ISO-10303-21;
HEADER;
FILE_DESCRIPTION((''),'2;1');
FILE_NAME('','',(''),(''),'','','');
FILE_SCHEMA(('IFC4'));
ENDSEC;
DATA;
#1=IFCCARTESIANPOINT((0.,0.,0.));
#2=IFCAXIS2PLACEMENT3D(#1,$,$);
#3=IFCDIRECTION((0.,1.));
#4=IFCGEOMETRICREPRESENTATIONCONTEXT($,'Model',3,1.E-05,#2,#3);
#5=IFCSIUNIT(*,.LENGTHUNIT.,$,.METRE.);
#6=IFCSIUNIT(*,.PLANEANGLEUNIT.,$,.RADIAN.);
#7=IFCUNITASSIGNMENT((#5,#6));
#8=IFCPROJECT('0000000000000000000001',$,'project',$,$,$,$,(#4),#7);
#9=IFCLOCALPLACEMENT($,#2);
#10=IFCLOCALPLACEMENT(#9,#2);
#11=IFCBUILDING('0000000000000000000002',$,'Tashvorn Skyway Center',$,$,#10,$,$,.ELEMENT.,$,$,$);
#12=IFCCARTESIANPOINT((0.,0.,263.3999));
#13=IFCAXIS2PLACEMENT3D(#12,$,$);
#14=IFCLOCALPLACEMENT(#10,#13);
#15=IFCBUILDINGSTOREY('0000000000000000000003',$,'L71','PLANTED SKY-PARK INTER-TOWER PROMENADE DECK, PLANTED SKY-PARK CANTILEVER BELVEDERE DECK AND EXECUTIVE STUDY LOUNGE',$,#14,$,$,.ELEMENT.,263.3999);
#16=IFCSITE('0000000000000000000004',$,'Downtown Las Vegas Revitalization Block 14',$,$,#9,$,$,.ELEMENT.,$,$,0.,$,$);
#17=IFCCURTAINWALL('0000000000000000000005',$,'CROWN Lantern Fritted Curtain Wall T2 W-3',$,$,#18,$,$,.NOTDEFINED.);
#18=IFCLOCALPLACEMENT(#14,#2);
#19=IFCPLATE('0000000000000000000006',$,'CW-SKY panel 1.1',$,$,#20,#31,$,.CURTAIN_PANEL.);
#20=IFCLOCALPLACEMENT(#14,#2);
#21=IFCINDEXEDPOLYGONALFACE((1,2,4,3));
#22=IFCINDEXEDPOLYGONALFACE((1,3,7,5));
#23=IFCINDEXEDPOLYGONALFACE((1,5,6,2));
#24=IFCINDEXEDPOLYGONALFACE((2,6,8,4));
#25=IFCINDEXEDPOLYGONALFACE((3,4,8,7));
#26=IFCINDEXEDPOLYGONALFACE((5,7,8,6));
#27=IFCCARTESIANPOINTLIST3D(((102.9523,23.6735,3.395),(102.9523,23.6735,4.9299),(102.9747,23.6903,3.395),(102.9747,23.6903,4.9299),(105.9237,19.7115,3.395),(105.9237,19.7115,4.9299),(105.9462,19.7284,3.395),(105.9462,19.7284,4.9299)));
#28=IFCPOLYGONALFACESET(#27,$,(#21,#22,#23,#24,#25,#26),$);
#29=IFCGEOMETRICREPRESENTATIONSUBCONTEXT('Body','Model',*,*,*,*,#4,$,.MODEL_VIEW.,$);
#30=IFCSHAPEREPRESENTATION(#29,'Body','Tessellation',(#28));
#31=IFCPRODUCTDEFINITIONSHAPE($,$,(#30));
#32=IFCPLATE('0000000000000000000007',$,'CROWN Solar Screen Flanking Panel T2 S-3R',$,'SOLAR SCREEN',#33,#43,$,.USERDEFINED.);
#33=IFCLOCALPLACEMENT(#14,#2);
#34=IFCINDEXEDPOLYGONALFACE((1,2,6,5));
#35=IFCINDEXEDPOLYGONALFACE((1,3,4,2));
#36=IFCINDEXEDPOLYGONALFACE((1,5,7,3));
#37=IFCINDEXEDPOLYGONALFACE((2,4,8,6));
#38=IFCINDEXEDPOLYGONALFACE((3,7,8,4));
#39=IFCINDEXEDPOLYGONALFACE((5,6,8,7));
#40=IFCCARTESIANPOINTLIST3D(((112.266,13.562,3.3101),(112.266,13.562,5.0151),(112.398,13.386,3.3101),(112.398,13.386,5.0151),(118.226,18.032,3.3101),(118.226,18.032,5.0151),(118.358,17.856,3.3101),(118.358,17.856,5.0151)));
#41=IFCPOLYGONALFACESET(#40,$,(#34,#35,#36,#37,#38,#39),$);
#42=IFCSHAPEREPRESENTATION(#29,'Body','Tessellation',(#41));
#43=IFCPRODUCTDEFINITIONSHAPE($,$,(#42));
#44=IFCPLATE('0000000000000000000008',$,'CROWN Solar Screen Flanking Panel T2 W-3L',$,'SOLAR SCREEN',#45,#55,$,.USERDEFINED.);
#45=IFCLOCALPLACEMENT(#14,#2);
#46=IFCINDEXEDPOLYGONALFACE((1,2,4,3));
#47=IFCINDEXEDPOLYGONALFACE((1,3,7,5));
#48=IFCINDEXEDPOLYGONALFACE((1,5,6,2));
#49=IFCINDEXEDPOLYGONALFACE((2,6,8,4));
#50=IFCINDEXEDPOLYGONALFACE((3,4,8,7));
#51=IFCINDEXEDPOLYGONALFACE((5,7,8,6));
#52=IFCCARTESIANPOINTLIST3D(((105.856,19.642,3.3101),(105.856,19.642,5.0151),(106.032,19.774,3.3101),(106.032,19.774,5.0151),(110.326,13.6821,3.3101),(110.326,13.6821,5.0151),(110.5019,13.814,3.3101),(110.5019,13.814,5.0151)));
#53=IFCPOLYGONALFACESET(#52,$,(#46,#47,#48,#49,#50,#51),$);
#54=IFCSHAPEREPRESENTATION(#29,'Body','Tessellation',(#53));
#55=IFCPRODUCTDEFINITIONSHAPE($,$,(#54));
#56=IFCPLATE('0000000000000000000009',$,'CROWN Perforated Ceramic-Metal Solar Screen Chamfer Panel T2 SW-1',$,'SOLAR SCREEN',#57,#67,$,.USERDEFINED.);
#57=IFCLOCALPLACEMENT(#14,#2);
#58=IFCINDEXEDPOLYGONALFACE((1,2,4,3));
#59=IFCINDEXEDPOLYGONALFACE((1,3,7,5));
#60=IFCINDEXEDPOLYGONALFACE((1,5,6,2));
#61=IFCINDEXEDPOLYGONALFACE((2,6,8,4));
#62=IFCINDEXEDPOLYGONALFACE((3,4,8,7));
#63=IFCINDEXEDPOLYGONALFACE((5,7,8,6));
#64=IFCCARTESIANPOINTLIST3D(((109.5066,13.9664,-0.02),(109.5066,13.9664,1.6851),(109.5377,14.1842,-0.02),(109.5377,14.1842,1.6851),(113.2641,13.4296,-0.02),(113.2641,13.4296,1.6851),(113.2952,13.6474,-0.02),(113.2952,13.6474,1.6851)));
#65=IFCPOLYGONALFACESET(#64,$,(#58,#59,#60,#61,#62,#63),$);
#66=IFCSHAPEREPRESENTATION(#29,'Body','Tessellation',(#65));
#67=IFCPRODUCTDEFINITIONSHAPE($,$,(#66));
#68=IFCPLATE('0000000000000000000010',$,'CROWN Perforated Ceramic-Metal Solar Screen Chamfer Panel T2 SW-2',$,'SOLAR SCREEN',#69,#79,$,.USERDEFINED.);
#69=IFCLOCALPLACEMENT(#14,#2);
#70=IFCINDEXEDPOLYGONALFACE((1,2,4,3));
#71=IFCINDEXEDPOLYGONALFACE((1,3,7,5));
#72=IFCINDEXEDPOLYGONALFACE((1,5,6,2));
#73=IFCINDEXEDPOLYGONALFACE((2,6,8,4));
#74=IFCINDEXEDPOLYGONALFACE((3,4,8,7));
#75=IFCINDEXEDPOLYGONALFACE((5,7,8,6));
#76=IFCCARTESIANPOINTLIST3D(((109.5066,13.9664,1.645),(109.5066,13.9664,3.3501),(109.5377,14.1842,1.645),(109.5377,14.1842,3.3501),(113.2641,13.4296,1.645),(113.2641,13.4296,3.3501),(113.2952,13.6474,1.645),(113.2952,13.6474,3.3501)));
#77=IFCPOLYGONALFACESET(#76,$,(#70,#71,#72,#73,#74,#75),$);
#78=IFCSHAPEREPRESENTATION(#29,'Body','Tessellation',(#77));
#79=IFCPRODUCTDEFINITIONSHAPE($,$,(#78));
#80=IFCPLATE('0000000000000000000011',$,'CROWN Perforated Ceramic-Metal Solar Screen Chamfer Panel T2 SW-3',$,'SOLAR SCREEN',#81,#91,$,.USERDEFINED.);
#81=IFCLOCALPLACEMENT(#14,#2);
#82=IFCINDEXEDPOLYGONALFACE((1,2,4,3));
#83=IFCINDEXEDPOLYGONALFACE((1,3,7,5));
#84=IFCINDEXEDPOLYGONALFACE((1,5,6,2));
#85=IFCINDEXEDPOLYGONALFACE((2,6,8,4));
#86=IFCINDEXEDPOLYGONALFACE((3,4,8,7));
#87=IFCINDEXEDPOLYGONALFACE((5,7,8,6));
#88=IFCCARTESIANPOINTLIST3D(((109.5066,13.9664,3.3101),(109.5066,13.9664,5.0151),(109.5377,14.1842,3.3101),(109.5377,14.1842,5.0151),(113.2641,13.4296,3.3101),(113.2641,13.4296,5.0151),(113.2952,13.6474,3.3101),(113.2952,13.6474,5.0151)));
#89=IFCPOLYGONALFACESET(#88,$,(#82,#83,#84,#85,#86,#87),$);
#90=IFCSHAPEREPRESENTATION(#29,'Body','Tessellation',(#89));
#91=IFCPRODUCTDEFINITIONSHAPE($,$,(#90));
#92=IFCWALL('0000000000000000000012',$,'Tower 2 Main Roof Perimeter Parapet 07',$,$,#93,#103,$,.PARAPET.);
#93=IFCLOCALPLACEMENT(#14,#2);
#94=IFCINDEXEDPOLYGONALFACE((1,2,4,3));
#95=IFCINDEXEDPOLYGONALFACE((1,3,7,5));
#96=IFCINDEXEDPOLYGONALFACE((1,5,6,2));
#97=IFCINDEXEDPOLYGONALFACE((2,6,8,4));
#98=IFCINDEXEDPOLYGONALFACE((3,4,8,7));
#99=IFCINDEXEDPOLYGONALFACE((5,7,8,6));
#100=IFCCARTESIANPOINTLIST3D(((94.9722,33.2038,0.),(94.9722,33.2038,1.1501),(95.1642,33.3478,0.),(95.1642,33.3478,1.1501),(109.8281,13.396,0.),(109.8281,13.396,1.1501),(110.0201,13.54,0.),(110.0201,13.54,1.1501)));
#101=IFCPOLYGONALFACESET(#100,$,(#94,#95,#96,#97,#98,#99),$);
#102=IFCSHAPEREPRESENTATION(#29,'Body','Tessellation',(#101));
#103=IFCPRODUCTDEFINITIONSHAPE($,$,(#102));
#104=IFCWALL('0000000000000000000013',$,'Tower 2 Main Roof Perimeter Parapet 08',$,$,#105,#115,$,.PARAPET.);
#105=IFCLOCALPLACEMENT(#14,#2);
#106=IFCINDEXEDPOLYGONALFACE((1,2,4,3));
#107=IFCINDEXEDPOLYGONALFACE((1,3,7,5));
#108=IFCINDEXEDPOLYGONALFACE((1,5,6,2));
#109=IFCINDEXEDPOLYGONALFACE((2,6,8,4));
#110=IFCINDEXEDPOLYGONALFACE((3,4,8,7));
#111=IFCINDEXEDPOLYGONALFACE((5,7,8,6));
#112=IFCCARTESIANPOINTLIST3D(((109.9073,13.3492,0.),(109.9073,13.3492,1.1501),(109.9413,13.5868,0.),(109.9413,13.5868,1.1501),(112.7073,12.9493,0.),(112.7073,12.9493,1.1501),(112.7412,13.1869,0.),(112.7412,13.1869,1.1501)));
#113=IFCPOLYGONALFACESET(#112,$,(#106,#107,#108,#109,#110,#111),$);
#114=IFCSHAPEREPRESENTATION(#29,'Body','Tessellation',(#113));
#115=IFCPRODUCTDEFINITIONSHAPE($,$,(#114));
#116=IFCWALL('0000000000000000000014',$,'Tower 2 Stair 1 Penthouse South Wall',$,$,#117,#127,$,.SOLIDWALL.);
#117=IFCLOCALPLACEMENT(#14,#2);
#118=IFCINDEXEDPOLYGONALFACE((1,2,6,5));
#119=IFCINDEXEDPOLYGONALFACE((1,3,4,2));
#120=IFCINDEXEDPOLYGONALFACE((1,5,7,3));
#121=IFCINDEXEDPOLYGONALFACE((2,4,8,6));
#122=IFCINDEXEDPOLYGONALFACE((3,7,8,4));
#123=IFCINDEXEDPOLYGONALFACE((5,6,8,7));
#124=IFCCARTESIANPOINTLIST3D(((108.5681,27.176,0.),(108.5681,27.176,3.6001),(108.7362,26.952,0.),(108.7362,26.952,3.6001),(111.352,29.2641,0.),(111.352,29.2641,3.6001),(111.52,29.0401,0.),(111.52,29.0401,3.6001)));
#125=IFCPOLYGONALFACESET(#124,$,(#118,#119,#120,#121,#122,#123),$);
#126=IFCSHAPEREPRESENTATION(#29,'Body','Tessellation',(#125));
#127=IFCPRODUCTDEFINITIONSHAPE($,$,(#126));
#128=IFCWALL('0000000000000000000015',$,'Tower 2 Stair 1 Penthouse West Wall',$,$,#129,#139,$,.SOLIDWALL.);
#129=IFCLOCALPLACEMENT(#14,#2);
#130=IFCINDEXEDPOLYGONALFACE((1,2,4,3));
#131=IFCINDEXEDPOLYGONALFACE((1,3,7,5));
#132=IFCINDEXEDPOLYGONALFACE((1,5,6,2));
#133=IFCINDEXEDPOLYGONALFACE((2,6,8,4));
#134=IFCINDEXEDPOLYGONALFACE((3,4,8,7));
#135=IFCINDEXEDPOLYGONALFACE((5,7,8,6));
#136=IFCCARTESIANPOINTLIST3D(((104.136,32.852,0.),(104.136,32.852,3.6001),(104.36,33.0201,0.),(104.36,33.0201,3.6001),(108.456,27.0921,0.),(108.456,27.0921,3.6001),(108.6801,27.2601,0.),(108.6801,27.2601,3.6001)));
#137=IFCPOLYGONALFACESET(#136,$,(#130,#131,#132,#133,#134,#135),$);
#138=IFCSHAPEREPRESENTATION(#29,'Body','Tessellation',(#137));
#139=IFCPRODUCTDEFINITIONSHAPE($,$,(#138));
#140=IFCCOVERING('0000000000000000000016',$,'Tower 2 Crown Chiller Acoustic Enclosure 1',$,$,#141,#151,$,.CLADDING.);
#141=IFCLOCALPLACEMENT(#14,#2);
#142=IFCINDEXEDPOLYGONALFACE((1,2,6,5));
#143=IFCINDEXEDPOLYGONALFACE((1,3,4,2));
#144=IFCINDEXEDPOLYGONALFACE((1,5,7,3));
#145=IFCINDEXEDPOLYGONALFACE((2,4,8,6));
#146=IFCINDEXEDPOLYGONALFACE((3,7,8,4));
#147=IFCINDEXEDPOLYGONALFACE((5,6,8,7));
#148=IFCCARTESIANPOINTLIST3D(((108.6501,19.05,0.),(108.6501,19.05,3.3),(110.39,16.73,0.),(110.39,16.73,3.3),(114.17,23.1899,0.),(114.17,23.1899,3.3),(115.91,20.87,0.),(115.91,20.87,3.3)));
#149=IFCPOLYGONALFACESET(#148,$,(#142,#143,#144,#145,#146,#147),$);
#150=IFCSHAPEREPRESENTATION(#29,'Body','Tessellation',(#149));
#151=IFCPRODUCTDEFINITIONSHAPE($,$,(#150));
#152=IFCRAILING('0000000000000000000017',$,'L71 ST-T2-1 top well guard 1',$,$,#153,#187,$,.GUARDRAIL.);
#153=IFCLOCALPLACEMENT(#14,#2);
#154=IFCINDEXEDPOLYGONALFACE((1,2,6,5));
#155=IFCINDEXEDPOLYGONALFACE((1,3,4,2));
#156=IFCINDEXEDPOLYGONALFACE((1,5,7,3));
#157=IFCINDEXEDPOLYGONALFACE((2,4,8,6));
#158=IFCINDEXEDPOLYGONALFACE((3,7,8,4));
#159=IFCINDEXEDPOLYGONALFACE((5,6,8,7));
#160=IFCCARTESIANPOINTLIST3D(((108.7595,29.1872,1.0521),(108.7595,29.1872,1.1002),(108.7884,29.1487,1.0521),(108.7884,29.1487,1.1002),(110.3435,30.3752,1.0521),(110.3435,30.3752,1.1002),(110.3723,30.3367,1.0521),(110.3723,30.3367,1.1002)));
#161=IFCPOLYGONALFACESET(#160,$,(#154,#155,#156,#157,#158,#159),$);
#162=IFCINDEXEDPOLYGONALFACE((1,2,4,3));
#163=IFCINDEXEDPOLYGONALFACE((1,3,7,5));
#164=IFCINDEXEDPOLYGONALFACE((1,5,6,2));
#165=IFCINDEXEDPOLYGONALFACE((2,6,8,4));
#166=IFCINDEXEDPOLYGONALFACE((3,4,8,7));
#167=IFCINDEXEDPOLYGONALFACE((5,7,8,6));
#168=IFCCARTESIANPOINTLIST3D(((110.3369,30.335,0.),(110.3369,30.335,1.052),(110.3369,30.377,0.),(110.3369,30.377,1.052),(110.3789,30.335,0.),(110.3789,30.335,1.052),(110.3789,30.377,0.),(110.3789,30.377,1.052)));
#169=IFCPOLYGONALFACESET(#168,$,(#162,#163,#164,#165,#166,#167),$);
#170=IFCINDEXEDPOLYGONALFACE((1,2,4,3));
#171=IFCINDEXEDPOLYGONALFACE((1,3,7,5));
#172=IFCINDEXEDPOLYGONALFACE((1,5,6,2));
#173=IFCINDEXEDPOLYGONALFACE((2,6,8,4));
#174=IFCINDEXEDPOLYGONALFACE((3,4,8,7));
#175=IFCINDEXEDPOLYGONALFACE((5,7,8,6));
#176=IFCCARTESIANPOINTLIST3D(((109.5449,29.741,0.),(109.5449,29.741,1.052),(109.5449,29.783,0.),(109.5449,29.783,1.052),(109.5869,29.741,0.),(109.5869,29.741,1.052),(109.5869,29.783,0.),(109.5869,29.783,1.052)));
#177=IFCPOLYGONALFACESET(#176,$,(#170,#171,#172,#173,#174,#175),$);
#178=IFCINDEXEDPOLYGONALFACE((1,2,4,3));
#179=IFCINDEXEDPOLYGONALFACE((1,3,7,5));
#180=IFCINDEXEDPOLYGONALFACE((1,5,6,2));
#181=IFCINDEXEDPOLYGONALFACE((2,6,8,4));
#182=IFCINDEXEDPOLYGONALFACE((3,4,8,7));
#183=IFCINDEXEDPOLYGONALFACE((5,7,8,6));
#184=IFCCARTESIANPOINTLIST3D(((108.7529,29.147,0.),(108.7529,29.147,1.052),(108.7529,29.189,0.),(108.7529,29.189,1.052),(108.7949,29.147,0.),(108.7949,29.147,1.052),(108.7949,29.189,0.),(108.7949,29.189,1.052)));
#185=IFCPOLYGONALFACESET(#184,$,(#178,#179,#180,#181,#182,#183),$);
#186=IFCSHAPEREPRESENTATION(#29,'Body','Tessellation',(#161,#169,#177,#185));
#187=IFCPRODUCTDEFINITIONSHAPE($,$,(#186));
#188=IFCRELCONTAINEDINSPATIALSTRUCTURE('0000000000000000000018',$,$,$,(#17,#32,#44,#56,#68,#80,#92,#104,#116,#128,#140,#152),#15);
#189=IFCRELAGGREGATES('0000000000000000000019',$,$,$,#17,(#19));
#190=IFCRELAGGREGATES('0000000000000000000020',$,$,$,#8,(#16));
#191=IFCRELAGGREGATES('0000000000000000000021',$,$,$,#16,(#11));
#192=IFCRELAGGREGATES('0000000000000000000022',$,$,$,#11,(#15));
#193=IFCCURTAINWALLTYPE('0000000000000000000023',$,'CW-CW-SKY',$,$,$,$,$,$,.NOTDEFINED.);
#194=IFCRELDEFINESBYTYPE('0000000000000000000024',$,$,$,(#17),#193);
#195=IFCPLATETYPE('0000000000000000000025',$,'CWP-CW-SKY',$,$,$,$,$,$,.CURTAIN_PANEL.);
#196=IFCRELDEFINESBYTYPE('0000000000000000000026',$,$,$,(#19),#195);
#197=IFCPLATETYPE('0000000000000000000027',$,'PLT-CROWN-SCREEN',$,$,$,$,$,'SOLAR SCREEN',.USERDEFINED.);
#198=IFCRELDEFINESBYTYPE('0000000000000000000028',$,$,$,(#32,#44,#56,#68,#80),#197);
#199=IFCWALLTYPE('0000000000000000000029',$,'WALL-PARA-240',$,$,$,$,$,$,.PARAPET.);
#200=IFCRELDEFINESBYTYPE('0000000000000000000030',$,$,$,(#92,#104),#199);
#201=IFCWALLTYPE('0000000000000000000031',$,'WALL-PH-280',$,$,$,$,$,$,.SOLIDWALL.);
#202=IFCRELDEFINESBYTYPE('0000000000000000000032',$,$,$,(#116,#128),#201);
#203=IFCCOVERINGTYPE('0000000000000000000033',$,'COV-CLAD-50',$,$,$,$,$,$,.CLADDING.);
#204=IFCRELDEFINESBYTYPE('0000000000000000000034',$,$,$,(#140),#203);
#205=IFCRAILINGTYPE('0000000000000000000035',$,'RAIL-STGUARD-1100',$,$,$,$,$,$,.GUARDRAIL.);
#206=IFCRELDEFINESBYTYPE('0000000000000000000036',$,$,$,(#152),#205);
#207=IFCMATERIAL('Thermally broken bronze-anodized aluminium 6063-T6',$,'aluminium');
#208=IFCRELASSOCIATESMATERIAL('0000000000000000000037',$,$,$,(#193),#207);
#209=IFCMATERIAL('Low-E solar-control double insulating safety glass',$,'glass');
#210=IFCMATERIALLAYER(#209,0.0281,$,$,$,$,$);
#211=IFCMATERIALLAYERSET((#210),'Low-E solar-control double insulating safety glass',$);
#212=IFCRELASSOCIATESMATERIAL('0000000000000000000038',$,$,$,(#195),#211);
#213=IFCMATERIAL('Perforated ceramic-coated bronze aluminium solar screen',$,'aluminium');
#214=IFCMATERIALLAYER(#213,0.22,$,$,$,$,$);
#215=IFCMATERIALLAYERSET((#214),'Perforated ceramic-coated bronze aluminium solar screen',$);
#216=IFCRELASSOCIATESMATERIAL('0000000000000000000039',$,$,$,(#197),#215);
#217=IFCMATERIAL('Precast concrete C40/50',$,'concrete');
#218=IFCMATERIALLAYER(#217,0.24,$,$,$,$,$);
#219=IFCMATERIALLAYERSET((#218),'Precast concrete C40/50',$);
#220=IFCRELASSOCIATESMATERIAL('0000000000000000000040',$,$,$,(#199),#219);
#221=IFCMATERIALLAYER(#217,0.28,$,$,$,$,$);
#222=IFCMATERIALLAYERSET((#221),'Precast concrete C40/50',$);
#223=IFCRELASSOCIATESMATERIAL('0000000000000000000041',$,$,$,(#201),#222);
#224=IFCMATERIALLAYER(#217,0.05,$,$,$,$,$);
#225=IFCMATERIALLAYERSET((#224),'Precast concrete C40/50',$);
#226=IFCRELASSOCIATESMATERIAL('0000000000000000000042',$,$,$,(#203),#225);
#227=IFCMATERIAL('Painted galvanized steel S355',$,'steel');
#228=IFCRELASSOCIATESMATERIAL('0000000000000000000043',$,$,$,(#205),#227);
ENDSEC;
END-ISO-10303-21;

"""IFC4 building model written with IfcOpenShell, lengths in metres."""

from ifc_helpers import new_model, si_unit, direction, frame, frame_2d, origin, origin_2d, place, context, subcontext, project, spatial, rectangle, extrude, material, layer, layer_set, type_object, element, aggregate, save


model = new_model("IFC4")

# Units and contexts
model_context = context("Model", 3, precision=1e-05, world=origin(), true_north=direction((0.0, 1.0)))
body_context = subcontext(model_context, "Body", "Model", "MODEL_VIEW")
ifc_project = project(units=[si_unit("LENGTHUNIT", "METRE"), si_unit("PLANEANGLEUNIT", "RADIAN")], contexts=[model_context])

# Site, building, storey
site_placement = place(None, origin())
site = spatial("IfcSite", under=ifc_project, at=site_placement, Name="Downtown Las Vegas Revitalization Block 14", CompositionType="ELEMENT", RefElevation=0.0)
building_placement = place(site_placement, origin())
building = spatial("IfcBuilding", under=site, at=building_placement, Name="Tashvorn Skyway Center", CompositionType="ELEMENT")
storey_placement = place(building_placement, frame((0.0, 0.0, 263.3999)))
storey = spatial("IfcBuildingStorey", under=building, at=storey_placement, Name="L71", Description="PLANTED SKY-PARK INTER-TOWER PROMENADE DECK, PLANTED SKY-PARK CANTILEVER BELVEDERE DECK AND EXECUTIVE STUDY LOUNGE", CompositionType="ELEMENT", Elevation=263.3999)

# Curtain wall
ifc_material_1 = material(Name="Thermally broken bronze-anodized aluminium 6063-T6", Category="aluminium")
curtain_wall_type = type_object("IfcCurtainWallType", Name="CW-CW-SKY", PredefinedType="NOTDEFINED", material=ifc_material_1)
curtain_wall_placement = place(storey_placement, origin())
curtain_wall = element("IfcCurtainWall", 1, at=curtain_wall_placement, inside=storey, type_object=curtain_wall_type, Name="CROWN Lantern Fritted Curtain Wall T2 W-3", PredefinedType="NOTDEFINED")

# Plate
ifc_material_2 = material(Name="Low-E solar-control double insulating safety glass", Category="glass")
ifc_layer_1 = layer(ifc_material_2, 0.0281)
ifc_layer_set_1 = layer_set([ifc_layer_1], Name="Low-E solar-control double insulating safety glass")
plate_type_1 = type_object("IfcPlateType", Name="CWP-CW-SKY", PredefinedType="CURTAIN_PANEL", material=ifc_layer_set_1)
plate_placement = place(storey_placement, frame((104.4492, 21.7009, 3.395), z_axis=(0.0, 0.0, 1.0), x_axis=(-0.6, 0.8, 0.0)))
plate = element("IfcPlate", 2, at=plate_placement, type_object=plate_type_1, Name="CW-SKY panel 1.1", PredefinedType="CURTAIN_PANEL", context=body_context, shape_type="SweptSolid", body=[
    extrude(rectangle(XDim=4.9524, YDim=0.0281, at=origin_2d()), origin(), (0.0, 0.0, 1.0), 1.5349),
])
aggregate(curtain_wall, [plate])

# Plates
ifc_material_3 = material(Name="Perforated ceramic-coated bronze aluminium solar screen", Category="aluminium")
ifc_layer_2 = layer(ifc_material_3, 0.22)
ifc_layer_set_2 = layer_set([ifc_layer_2], Name="Perforated ceramic-coated bronze aluminium solar screen")
plate_type_2 = type_object("IfcPlateType", Name="PLT-CROWN-SCREEN", ElementType="SOLAR SCREEN", PredefinedType="USERDEFINED", material=ifc_layer_set_2)
for number, where, z_axis, x_axis, name in (
    (3, (115.312, 15.709, 3.3101), (0.0, 0.0, 1.0), (0.8, 0.6, 0.0), "CROWN Solar Screen Flanking Panel T2 S-3R"),
    (4, (108.179, 16.728, 3.3101), (0.0, 0.0, 1.0), (0.6, -0.8, 0.0), "CROWN Solar Screen Flanking Panel T2 W-3L"),
):
    element("IfcPlate", number, at=place(storey_placement, frame(where, z_axis=z_axis, x_axis=x_axis)), inside=storey, type_object=plate_type_2, Name=name, ObjectType="SOLAR SCREEN", PredefinedType="USERDEFINED", context=body_context, shape_type="SweptSolid", body=[
        extrude(rectangle(XDim=7.45, YDim=0.22, at=origin_2d()), origin(), (0.0, 0.0, 1.0), 1.7051),
    ])
for number, where, z_axis, x_axis, name in (
    (5, (111.4009, 13.8069, -0.02), (0.0, 0.0, 1.0), (-0.989949, 0.141421, 0.0), "CROWN Perforated Ceramic-Metal Solar Screen Chamfer Panel T2 SW-1"),
    (6, (111.4009, 13.8069, 1.645), (0.0, 0.0, 1.0), (-0.989949, 0.141421, 0.0), "CROWN Perforated Ceramic-Metal Solar Screen Chamfer Panel T2 SW-2"),
    (7, (111.4009, 13.8069, 3.3101), (0.0, 0.0, 1.0), (-0.989949, 0.141421, 0.0), "CROWN Perforated Ceramic-Metal Solar Screen Chamfer Panel T2 SW-3"),
):
    element("IfcPlate", number, at=place(storey_placement, frame(where, z_axis=z_axis, x_axis=x_axis)), inside=storey, type_object=plate_type_2, Name=name, ObjectType="SOLAR SCREEN", PredefinedType="USERDEFINED", context=body_context, shape_type="SweptSolid", body=[
        extrude(rectangle(XDim=3.7957, YDim=0.22, at=origin_2d()), origin(), (0.0, 0.0, 1.0), 1.7051),
    ])

# Walls
ifc_material_4 = material(Name="Precast concrete C40/50", Category="concrete")
ifc_layer_3 = layer(ifc_material_4, 0.24)
ifc_layer_set_3 = layer_set([ifc_layer_3], Name="Precast concrete C40/50")
wall_type_1 = type_object("IfcWallType", Name="WALL-PARA-240", PredefinedType="PARAPET", material=ifc_layer_set_3)
wall_1_placement = place(storey_placement, frame((109.9241, 13.468, 0.0), z_axis=(0.0, 0.0, 1.0), x_axis=(-0.600002, 0.799999, 0.0)))
element("IfcWall", 8, at=wall_1_placement, inside=storey, type_object=wall_type_1, Name="Tower 2 Main Roof Perimeter Parapet 07", PredefinedType="PARAPET", context=body_context, shape_type="SweptSolid", body=[
    extrude(rectangle(XDim=24.7598, YDim=0.24, at=frame_2d((12.3799, 0.0))), origin(), (0.0, 0.0, 1.0), 1.1501),
])
wall_2_placement = place(storey_placement, frame((112.7241, 13.0681, 0.0), z_axis=(0.0, 0.0, 1.0), x_axis=(-0.989955, 0.141385, 0.0)))
element("IfcWall", 9, at=wall_2_placement, inside=storey, type_object=wall_type_1, Name="Tower 2 Main Roof Perimeter Parapet 08", PredefinedType="PARAPET", context=body_context, shape_type="SweptSolid", body=[
    extrude(rectangle(XDim=2.8284, YDim=0.24, at=frame_2d((1.4141, 0.0))), origin(), (0.0, 0.0, 1.0), 1.1501),
])
ifc_layer_4 = layer(ifc_material_4, 0.28)
ifc_layer_set_4 = layer_set([ifc_layer_4], Name="Precast concrete C40/50")
wall_type_2 = type_object("IfcWallType", Name="WALL-PH-280", PredefinedType="SOLIDWALL", material=ifc_layer_set_4)
wall_3_placement = place(storey_placement, frame((111.436, 29.1521, 0.0), z_axis=(0.0, 0.0, 1.0), x_axis=(-0.799975, -0.600034, 0.0)))
element("IfcWall", 10, at=wall_3_placement, inside=storey, type_object=wall_type_2, Name="Tower 2 Stair 1 Penthouse South Wall", PredefinedType="SOLIDWALL", context=body_context, shape_type="SweptSolid", body=[
    extrude(rectangle(XDim=3.48, YDim=0.28, at=frame_2d((1.74, 0.0))), origin(), (0.0, 0.0, 1.0), 3.6001),
])
wall_4_placement = place(storey_placement, frame((108.5681, 27.176, 0.0), z_axis=(0.0, 0.0, 1.0), x_axis=(-0.600005, 0.799996, 0.0)))
element("IfcWall", 11, at=wall_4_placement, inside=storey, type_object=wall_type_2, Name="Tower 2 Stair 1 Penthouse West Wall", PredefinedType="SOLIDWALL", context=body_context, shape_type="SweptSolid", body=[
    extrude(rectangle(XDim=7.2, YDim=0.28, at=frame_2d((3.6001, 0.0))), origin(), (0.0, 0.0, 1.0), 3.6001),
])

# Covering
ifc_layer_5 = layer(ifc_material_4, 0.05)
ifc_layer_set_5 = layer_set([ifc_layer_5], Name="Precast concrete C40/50")
covering_type = type_object("IfcCoveringType", Name="COV-CLAD-50", PredefinedType="CLADDING", material=ifc_layer_set_5)
covering_placement = place(storey_placement, frame((112.28, 19.96, 0.0), z_axis=(0.0, 0.0, 1.0), x_axis=(0.8, 0.6, 0.0)))
element("IfcCovering", 12, at=covering_placement, inside=storey, type_object=covering_type, Name="Tower 2 Crown Chiller Acoustic Enclosure 1", PredefinedType="CLADDING", context=body_context, shape_type="SweptSolid", body=[
    extrude(rectangle(XDim=6.8999, YDim=2.8999, at=origin_2d()), origin(), (0.0, 0.0, 1.0), 3.3),
])

# Railing
ifc_material_5 = material(Name="Painted galvanized steel S355", Category="steel")
railing_type_1 = type_object("IfcRailingType", Name="RAIL-STGUARD-1100", PredefinedType="GUARDRAIL", material=ifc_material_5)
railing_1_placement = place(storey_placement, frame((110.3579, 30.356, 0.0)))
element("IfcRailing", 13, at=railing_1_placement, inside=storey, type_object=railing_type_1, Name="L71 ST-T2-1 top well guard 1", PredefinedType="GUARDRAIL", context=body_context, shape_type="SweptSolid", body=[
    extrude(rectangle(XDim=0.0481, YDim=0.0481, at=origin_2d()), frame((0.0, 0.0, 1.0762), z_axis=(-0.8, -0.6, 0.0), x_axis=(0.6, -0.8, 0.0)), (0.0, 0.0, 1.0), 1.98),
    extrude(rectangle(XDim=0.042, YDim=0.042, at=origin_2d()), origin(), (0.0, 0.0, 1.0), 1.052),
    extrude(rectangle(XDim=0.042, YDim=0.042, at=origin_2d()), frame((-0.792, -0.594, 0.0)), (0.0, 0.0, 1.0), 1.052),
    extrude(rectangle(XDim=0.042, YDim=0.042, at=origin_2d()), frame((-1.584, -1.188, 0.0)), (0.0, 0.0, 1.0), 1.052),
])

save(model, "model.ifc")
